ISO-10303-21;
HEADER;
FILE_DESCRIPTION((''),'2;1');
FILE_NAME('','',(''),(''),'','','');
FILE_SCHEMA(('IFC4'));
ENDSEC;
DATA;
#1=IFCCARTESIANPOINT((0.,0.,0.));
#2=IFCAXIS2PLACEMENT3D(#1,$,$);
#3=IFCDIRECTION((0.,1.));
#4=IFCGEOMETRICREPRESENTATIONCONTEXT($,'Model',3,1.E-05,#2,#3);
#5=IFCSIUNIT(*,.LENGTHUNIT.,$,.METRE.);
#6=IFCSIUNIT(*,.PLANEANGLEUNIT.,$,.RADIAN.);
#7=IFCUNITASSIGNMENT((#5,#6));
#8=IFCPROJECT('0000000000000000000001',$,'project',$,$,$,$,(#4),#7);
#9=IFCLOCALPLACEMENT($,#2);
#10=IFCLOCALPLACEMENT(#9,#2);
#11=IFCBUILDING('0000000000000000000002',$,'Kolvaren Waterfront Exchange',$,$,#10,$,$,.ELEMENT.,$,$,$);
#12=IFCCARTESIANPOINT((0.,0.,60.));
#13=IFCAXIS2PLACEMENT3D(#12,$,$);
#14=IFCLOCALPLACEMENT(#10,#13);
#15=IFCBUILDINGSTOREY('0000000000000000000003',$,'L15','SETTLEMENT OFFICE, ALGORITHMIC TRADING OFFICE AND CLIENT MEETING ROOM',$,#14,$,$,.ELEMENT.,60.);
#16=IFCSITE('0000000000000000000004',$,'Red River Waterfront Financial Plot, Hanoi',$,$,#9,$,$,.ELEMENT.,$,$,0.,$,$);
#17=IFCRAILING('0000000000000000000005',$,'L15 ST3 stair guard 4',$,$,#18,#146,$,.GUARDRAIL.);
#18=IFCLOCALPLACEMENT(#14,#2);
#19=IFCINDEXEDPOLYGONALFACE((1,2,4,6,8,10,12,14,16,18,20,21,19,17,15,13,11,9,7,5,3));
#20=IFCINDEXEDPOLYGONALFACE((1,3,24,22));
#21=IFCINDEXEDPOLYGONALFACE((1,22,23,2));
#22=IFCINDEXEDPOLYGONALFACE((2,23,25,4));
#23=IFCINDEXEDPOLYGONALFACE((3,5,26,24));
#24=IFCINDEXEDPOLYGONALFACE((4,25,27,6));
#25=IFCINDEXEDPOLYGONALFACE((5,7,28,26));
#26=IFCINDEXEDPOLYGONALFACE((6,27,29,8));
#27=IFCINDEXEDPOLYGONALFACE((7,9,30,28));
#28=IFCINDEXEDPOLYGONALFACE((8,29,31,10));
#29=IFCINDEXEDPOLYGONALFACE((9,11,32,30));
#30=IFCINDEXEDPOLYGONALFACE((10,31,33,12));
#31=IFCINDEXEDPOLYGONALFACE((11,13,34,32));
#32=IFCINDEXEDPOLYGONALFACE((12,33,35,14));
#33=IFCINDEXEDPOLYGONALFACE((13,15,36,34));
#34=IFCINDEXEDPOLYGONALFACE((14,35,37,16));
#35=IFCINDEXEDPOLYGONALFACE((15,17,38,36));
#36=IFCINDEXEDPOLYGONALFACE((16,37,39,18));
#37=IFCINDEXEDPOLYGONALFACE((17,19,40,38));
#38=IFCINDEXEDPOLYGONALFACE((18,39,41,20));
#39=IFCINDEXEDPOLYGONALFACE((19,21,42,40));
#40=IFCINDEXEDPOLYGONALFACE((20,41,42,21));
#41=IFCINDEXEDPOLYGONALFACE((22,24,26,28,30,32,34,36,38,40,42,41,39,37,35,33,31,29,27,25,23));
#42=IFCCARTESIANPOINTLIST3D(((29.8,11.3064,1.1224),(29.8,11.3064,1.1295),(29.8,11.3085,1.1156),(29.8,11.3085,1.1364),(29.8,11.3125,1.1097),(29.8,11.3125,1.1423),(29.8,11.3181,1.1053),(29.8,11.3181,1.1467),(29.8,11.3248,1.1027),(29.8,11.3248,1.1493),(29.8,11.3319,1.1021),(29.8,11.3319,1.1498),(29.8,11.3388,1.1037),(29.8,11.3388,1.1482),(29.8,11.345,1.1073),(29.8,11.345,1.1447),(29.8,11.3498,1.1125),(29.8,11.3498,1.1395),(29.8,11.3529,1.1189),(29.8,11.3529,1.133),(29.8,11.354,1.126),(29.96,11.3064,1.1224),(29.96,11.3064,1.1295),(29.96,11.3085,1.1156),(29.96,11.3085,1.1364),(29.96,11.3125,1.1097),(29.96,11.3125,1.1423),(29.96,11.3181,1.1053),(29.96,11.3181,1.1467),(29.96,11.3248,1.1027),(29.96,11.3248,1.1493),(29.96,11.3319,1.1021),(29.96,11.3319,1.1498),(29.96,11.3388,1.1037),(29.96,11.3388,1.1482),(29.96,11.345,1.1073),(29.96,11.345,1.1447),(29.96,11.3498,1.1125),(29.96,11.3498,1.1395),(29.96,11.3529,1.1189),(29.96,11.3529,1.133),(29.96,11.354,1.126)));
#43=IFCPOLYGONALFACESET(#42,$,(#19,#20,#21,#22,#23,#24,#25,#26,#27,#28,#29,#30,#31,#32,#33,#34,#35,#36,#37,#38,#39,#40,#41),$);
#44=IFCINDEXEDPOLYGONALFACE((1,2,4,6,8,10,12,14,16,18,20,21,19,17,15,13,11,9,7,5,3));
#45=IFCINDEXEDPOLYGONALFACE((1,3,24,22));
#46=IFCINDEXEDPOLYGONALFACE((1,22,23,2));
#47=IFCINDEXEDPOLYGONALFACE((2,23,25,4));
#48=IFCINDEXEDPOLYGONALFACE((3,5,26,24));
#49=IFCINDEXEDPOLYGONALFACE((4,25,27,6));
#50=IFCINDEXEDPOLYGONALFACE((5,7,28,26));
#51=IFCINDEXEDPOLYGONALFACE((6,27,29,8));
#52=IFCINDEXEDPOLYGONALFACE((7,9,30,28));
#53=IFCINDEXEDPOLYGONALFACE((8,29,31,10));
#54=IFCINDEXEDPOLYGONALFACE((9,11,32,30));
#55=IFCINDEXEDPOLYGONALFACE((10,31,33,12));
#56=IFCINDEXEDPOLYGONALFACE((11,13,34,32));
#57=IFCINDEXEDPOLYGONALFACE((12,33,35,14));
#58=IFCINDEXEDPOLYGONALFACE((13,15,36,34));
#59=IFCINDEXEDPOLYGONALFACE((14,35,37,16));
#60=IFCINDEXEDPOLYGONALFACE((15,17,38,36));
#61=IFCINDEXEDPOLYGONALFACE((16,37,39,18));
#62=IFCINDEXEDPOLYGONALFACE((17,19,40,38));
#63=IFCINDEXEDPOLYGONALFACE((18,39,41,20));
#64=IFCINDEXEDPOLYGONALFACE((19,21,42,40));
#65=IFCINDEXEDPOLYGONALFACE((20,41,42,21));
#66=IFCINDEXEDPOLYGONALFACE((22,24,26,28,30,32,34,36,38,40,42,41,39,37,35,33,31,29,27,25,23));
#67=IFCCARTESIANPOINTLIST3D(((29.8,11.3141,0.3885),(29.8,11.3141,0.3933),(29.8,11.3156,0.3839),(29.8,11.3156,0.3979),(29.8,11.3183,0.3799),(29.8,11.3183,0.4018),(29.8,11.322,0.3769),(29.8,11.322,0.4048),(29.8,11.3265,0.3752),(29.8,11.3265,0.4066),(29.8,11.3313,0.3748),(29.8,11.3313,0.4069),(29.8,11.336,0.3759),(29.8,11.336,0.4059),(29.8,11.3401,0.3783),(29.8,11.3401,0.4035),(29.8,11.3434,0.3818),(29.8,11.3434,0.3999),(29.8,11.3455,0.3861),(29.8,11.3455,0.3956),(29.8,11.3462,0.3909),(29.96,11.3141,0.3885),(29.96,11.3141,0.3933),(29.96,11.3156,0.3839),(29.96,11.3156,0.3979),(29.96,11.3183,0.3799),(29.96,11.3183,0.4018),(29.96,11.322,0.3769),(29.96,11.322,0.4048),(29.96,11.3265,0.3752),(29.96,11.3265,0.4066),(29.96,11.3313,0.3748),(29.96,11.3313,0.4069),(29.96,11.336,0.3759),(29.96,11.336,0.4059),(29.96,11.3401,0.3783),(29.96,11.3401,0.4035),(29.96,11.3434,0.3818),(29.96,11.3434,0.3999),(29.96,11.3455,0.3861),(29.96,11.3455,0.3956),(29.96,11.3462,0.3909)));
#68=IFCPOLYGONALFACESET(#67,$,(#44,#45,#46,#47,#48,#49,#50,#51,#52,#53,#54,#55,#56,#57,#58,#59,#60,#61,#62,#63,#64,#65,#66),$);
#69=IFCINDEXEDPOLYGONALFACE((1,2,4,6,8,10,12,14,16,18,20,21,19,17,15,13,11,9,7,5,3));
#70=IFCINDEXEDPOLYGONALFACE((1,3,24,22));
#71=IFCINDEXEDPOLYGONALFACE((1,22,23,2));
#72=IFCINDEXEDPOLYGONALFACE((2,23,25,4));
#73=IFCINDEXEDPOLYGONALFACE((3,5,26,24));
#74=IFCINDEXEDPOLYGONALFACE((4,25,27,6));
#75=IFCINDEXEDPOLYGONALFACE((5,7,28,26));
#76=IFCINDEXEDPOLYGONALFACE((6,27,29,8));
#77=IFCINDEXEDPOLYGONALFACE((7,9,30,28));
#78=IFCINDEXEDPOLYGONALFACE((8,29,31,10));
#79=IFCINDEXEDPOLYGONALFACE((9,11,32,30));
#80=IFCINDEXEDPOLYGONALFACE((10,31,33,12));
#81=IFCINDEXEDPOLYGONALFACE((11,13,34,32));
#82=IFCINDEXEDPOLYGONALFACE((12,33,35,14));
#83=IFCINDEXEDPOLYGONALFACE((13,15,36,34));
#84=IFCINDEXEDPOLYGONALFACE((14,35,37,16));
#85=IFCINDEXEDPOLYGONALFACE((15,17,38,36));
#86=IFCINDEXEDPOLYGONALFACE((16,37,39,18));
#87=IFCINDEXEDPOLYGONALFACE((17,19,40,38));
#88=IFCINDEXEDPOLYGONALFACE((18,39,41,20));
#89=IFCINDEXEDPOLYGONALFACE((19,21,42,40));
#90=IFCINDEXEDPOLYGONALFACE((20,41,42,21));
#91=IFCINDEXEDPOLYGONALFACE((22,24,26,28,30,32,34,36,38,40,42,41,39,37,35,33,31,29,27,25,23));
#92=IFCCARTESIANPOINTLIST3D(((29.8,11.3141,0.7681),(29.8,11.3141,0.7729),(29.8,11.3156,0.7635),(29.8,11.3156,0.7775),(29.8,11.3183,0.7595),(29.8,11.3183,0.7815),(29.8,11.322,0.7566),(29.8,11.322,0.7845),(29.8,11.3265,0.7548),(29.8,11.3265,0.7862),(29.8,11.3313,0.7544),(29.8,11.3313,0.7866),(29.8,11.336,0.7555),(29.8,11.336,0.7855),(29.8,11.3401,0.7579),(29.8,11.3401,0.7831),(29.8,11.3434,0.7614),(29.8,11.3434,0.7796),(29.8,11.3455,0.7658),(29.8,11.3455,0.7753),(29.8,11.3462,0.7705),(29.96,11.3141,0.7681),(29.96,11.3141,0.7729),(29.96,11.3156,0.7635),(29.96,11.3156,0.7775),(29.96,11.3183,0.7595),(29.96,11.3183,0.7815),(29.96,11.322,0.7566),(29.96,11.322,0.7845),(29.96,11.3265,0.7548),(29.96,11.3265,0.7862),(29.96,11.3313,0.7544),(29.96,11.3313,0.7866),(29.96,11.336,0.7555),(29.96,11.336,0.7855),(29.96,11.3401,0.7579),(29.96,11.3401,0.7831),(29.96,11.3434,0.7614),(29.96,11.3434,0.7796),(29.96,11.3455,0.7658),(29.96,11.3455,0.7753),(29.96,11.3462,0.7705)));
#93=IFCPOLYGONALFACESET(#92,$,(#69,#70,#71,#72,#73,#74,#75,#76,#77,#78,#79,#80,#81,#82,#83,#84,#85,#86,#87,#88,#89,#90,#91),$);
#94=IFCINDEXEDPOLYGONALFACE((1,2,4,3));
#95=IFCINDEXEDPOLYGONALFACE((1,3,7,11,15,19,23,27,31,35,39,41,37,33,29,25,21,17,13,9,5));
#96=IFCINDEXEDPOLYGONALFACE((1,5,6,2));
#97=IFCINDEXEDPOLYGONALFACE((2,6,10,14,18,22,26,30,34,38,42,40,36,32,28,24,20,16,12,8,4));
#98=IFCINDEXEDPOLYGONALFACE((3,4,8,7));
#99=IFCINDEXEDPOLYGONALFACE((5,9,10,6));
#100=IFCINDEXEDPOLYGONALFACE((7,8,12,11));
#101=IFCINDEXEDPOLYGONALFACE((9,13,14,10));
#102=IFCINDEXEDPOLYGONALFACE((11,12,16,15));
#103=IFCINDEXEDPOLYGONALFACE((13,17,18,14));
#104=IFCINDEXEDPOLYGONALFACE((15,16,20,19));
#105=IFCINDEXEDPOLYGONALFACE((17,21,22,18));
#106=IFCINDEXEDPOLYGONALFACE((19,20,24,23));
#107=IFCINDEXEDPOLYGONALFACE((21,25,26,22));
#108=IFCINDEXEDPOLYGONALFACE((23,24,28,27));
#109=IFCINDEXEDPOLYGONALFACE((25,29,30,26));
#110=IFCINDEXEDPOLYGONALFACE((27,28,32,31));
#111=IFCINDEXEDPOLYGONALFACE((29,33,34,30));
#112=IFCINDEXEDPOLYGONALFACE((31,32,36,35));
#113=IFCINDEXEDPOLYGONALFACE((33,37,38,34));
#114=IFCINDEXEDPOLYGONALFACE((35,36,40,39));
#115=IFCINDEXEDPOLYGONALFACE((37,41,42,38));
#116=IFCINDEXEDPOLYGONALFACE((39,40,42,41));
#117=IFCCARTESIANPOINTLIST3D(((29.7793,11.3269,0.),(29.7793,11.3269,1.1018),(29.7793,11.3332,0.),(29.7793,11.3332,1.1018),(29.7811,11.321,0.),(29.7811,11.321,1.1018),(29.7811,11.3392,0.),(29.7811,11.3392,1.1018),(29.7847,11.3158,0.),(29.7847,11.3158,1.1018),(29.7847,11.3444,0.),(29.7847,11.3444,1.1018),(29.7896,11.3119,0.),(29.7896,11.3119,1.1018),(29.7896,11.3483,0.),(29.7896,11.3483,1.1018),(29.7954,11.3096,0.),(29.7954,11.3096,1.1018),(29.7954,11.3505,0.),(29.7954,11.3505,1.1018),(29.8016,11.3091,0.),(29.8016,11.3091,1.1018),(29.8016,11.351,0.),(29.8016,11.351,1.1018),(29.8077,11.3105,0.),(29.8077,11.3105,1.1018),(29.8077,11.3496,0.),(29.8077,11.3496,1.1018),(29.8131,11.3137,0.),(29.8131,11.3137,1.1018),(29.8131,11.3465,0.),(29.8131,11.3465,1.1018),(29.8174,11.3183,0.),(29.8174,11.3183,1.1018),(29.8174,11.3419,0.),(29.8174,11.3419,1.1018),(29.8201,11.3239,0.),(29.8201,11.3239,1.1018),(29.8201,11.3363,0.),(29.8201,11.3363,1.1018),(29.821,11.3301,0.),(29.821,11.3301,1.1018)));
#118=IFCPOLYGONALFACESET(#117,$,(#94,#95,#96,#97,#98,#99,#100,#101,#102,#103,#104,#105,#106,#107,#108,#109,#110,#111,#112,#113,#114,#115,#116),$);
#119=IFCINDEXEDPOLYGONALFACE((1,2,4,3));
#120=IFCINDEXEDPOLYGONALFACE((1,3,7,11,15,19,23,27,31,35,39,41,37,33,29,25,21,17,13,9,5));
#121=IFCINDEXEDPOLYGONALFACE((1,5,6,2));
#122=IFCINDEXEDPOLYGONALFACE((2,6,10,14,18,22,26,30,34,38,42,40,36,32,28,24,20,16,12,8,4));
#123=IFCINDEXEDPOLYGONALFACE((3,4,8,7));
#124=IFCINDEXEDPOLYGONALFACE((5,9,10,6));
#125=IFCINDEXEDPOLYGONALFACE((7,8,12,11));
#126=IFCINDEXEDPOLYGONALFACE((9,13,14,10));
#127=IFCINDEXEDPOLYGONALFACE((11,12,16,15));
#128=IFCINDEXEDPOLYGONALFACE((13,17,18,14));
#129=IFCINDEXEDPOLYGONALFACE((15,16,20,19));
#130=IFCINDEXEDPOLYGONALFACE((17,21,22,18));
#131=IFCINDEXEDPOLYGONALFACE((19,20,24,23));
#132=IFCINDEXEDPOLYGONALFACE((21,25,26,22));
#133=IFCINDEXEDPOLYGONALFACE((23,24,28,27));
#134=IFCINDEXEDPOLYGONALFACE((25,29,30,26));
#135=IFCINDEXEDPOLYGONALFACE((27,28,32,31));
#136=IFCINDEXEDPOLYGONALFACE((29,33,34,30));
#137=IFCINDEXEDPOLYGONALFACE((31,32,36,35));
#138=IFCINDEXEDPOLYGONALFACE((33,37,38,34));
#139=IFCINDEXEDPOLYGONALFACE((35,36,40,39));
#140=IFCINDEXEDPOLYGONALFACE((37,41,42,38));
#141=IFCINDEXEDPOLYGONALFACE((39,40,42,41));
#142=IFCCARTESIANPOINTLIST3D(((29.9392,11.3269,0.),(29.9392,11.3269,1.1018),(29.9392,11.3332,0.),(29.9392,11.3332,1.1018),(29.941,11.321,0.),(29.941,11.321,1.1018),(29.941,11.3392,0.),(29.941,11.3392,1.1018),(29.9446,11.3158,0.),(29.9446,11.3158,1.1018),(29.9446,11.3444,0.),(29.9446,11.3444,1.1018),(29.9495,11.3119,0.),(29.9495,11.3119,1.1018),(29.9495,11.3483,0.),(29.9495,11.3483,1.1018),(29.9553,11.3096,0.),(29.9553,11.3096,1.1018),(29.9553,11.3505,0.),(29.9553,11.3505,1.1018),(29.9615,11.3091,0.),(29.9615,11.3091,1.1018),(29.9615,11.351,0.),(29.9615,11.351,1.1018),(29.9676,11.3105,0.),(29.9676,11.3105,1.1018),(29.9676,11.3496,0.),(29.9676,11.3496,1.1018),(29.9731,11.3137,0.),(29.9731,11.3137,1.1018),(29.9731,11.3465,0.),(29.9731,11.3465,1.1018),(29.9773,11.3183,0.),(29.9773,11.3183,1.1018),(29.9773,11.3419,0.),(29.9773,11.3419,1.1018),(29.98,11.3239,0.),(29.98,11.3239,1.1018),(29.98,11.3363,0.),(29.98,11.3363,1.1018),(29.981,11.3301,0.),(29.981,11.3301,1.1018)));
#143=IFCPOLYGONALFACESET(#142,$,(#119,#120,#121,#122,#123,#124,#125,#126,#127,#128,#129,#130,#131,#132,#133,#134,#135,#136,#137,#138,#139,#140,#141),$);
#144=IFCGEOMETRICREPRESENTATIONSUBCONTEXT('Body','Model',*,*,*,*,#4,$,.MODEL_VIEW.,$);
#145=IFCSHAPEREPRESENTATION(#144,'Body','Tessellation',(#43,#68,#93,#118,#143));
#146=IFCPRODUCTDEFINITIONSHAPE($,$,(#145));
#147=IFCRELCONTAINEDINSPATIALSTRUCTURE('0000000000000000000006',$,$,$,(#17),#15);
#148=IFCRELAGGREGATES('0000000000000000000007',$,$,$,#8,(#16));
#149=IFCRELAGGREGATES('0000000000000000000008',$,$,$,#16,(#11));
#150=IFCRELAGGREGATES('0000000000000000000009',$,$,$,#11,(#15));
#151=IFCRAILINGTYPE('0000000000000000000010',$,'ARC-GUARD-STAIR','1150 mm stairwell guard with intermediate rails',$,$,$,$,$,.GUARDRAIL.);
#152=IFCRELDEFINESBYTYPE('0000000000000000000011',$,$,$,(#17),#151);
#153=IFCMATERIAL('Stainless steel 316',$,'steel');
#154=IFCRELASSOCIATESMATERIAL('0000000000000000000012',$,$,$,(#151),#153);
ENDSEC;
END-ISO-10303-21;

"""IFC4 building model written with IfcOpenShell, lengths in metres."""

from ifc_helpers import new_model, si_unit, direction, frame, origin, origin_2d, place, context, subcontext, project, spatial, circle, extrude, material, type_object, element, save


model = new_model("IFC4")

# Units and contexts
model_context = context("Model", 3, precision=1e-05, world=origin(), true_north=direction((0.0, 1.0)))
body_context = subcontext(model_context, "Body", "Model", "MODEL_VIEW")
ifc_project = project(units=[si_unit("LENGTHUNIT", "METRE"), si_unit("PLANEANGLEUNIT", "RADIAN")], contexts=[model_context])

# Site, building, storey
site_placement = place(None, origin())
site = spatial("IfcSite", under=ifc_project, at=site_placement, Name="Red River Waterfront Financial Plot, Hanoi", CompositionType="ELEMENT", RefElevation=0.0)
building_placement = place(site_placement, origin())
building = spatial("IfcBuilding", under=site, at=building_placement, Name="Kolvaren Waterfront Exchange", CompositionType="ELEMENT")
storey_placement = place(building_placement, frame((0.0, 0.0, 60.0)))
storey = spatial("IfcBuildingStorey", under=building, at=storey_placement, Name="L15", Description="SETTLEMENT OFFICE, ALGORITHMIC TRADING OFFICE AND CLIENT MEETING ROOM", CompositionType="ELEMENT", Elevation=60.0)

# Railing
ifc_material_1 = material(Name="Stainless steel 316", Category="steel")
railing_type = type_object("IfcRailingType", Name="ARC-GUARD-STAIR", Description="1150 mm stairwell guard with intermediate rails", PredefinedType="GUARDRAIL", material=ifc_material_1)
railing_1_placement = place(storey_placement, frame((29.8, 11.3301, 0.0)))
element("IfcRailing", 1, at=railing_1_placement, inside=storey, type_object=railing_type, Name="L15 ST3 stair guard 4", PredefinedType="GUARDRAIL", context=body_context, shape_type="SweptSolid", body=[
    extrude(circle(Radius=0.0239, at=origin_2d()), frame((0.0, 0.0, 1.126), z_axis=(1.0, 0.0, 0.0), x_axis=(0.0, 1.0, 0.0)), (0.0, 0.0, 1.0), 0.1599),
    extrude(circle(Radius=0.0161, at=origin_2d()), frame((0.0, 0.0, 0.3909), z_axis=(1.0, 0.0, 0.0), x_axis=(0.0, 1.0, 0.0)), (0.0, 0.0, 1.0), 0.1599),
    extrude(circle(Radius=0.0161, at=origin_2d()), frame((0.0, 0.0, 0.7705), z_axis=(1.0, 0.0, 0.0), x_axis=(0.0, 1.0, 0.0)), (0.0, 0.0, 1.0), 0.1599),
    extrude(circle(Radius=0.021, at=origin_2d()), origin(), (0.0, 0.0, 1.0), 1.1018),
    extrude(circle(Radius=0.021, at=origin_2d()), frame((0.1599, 0.0, 0.0)), (0.0, 0.0, 1.0), 1.1018),
])

save(model, "model.ifc")
